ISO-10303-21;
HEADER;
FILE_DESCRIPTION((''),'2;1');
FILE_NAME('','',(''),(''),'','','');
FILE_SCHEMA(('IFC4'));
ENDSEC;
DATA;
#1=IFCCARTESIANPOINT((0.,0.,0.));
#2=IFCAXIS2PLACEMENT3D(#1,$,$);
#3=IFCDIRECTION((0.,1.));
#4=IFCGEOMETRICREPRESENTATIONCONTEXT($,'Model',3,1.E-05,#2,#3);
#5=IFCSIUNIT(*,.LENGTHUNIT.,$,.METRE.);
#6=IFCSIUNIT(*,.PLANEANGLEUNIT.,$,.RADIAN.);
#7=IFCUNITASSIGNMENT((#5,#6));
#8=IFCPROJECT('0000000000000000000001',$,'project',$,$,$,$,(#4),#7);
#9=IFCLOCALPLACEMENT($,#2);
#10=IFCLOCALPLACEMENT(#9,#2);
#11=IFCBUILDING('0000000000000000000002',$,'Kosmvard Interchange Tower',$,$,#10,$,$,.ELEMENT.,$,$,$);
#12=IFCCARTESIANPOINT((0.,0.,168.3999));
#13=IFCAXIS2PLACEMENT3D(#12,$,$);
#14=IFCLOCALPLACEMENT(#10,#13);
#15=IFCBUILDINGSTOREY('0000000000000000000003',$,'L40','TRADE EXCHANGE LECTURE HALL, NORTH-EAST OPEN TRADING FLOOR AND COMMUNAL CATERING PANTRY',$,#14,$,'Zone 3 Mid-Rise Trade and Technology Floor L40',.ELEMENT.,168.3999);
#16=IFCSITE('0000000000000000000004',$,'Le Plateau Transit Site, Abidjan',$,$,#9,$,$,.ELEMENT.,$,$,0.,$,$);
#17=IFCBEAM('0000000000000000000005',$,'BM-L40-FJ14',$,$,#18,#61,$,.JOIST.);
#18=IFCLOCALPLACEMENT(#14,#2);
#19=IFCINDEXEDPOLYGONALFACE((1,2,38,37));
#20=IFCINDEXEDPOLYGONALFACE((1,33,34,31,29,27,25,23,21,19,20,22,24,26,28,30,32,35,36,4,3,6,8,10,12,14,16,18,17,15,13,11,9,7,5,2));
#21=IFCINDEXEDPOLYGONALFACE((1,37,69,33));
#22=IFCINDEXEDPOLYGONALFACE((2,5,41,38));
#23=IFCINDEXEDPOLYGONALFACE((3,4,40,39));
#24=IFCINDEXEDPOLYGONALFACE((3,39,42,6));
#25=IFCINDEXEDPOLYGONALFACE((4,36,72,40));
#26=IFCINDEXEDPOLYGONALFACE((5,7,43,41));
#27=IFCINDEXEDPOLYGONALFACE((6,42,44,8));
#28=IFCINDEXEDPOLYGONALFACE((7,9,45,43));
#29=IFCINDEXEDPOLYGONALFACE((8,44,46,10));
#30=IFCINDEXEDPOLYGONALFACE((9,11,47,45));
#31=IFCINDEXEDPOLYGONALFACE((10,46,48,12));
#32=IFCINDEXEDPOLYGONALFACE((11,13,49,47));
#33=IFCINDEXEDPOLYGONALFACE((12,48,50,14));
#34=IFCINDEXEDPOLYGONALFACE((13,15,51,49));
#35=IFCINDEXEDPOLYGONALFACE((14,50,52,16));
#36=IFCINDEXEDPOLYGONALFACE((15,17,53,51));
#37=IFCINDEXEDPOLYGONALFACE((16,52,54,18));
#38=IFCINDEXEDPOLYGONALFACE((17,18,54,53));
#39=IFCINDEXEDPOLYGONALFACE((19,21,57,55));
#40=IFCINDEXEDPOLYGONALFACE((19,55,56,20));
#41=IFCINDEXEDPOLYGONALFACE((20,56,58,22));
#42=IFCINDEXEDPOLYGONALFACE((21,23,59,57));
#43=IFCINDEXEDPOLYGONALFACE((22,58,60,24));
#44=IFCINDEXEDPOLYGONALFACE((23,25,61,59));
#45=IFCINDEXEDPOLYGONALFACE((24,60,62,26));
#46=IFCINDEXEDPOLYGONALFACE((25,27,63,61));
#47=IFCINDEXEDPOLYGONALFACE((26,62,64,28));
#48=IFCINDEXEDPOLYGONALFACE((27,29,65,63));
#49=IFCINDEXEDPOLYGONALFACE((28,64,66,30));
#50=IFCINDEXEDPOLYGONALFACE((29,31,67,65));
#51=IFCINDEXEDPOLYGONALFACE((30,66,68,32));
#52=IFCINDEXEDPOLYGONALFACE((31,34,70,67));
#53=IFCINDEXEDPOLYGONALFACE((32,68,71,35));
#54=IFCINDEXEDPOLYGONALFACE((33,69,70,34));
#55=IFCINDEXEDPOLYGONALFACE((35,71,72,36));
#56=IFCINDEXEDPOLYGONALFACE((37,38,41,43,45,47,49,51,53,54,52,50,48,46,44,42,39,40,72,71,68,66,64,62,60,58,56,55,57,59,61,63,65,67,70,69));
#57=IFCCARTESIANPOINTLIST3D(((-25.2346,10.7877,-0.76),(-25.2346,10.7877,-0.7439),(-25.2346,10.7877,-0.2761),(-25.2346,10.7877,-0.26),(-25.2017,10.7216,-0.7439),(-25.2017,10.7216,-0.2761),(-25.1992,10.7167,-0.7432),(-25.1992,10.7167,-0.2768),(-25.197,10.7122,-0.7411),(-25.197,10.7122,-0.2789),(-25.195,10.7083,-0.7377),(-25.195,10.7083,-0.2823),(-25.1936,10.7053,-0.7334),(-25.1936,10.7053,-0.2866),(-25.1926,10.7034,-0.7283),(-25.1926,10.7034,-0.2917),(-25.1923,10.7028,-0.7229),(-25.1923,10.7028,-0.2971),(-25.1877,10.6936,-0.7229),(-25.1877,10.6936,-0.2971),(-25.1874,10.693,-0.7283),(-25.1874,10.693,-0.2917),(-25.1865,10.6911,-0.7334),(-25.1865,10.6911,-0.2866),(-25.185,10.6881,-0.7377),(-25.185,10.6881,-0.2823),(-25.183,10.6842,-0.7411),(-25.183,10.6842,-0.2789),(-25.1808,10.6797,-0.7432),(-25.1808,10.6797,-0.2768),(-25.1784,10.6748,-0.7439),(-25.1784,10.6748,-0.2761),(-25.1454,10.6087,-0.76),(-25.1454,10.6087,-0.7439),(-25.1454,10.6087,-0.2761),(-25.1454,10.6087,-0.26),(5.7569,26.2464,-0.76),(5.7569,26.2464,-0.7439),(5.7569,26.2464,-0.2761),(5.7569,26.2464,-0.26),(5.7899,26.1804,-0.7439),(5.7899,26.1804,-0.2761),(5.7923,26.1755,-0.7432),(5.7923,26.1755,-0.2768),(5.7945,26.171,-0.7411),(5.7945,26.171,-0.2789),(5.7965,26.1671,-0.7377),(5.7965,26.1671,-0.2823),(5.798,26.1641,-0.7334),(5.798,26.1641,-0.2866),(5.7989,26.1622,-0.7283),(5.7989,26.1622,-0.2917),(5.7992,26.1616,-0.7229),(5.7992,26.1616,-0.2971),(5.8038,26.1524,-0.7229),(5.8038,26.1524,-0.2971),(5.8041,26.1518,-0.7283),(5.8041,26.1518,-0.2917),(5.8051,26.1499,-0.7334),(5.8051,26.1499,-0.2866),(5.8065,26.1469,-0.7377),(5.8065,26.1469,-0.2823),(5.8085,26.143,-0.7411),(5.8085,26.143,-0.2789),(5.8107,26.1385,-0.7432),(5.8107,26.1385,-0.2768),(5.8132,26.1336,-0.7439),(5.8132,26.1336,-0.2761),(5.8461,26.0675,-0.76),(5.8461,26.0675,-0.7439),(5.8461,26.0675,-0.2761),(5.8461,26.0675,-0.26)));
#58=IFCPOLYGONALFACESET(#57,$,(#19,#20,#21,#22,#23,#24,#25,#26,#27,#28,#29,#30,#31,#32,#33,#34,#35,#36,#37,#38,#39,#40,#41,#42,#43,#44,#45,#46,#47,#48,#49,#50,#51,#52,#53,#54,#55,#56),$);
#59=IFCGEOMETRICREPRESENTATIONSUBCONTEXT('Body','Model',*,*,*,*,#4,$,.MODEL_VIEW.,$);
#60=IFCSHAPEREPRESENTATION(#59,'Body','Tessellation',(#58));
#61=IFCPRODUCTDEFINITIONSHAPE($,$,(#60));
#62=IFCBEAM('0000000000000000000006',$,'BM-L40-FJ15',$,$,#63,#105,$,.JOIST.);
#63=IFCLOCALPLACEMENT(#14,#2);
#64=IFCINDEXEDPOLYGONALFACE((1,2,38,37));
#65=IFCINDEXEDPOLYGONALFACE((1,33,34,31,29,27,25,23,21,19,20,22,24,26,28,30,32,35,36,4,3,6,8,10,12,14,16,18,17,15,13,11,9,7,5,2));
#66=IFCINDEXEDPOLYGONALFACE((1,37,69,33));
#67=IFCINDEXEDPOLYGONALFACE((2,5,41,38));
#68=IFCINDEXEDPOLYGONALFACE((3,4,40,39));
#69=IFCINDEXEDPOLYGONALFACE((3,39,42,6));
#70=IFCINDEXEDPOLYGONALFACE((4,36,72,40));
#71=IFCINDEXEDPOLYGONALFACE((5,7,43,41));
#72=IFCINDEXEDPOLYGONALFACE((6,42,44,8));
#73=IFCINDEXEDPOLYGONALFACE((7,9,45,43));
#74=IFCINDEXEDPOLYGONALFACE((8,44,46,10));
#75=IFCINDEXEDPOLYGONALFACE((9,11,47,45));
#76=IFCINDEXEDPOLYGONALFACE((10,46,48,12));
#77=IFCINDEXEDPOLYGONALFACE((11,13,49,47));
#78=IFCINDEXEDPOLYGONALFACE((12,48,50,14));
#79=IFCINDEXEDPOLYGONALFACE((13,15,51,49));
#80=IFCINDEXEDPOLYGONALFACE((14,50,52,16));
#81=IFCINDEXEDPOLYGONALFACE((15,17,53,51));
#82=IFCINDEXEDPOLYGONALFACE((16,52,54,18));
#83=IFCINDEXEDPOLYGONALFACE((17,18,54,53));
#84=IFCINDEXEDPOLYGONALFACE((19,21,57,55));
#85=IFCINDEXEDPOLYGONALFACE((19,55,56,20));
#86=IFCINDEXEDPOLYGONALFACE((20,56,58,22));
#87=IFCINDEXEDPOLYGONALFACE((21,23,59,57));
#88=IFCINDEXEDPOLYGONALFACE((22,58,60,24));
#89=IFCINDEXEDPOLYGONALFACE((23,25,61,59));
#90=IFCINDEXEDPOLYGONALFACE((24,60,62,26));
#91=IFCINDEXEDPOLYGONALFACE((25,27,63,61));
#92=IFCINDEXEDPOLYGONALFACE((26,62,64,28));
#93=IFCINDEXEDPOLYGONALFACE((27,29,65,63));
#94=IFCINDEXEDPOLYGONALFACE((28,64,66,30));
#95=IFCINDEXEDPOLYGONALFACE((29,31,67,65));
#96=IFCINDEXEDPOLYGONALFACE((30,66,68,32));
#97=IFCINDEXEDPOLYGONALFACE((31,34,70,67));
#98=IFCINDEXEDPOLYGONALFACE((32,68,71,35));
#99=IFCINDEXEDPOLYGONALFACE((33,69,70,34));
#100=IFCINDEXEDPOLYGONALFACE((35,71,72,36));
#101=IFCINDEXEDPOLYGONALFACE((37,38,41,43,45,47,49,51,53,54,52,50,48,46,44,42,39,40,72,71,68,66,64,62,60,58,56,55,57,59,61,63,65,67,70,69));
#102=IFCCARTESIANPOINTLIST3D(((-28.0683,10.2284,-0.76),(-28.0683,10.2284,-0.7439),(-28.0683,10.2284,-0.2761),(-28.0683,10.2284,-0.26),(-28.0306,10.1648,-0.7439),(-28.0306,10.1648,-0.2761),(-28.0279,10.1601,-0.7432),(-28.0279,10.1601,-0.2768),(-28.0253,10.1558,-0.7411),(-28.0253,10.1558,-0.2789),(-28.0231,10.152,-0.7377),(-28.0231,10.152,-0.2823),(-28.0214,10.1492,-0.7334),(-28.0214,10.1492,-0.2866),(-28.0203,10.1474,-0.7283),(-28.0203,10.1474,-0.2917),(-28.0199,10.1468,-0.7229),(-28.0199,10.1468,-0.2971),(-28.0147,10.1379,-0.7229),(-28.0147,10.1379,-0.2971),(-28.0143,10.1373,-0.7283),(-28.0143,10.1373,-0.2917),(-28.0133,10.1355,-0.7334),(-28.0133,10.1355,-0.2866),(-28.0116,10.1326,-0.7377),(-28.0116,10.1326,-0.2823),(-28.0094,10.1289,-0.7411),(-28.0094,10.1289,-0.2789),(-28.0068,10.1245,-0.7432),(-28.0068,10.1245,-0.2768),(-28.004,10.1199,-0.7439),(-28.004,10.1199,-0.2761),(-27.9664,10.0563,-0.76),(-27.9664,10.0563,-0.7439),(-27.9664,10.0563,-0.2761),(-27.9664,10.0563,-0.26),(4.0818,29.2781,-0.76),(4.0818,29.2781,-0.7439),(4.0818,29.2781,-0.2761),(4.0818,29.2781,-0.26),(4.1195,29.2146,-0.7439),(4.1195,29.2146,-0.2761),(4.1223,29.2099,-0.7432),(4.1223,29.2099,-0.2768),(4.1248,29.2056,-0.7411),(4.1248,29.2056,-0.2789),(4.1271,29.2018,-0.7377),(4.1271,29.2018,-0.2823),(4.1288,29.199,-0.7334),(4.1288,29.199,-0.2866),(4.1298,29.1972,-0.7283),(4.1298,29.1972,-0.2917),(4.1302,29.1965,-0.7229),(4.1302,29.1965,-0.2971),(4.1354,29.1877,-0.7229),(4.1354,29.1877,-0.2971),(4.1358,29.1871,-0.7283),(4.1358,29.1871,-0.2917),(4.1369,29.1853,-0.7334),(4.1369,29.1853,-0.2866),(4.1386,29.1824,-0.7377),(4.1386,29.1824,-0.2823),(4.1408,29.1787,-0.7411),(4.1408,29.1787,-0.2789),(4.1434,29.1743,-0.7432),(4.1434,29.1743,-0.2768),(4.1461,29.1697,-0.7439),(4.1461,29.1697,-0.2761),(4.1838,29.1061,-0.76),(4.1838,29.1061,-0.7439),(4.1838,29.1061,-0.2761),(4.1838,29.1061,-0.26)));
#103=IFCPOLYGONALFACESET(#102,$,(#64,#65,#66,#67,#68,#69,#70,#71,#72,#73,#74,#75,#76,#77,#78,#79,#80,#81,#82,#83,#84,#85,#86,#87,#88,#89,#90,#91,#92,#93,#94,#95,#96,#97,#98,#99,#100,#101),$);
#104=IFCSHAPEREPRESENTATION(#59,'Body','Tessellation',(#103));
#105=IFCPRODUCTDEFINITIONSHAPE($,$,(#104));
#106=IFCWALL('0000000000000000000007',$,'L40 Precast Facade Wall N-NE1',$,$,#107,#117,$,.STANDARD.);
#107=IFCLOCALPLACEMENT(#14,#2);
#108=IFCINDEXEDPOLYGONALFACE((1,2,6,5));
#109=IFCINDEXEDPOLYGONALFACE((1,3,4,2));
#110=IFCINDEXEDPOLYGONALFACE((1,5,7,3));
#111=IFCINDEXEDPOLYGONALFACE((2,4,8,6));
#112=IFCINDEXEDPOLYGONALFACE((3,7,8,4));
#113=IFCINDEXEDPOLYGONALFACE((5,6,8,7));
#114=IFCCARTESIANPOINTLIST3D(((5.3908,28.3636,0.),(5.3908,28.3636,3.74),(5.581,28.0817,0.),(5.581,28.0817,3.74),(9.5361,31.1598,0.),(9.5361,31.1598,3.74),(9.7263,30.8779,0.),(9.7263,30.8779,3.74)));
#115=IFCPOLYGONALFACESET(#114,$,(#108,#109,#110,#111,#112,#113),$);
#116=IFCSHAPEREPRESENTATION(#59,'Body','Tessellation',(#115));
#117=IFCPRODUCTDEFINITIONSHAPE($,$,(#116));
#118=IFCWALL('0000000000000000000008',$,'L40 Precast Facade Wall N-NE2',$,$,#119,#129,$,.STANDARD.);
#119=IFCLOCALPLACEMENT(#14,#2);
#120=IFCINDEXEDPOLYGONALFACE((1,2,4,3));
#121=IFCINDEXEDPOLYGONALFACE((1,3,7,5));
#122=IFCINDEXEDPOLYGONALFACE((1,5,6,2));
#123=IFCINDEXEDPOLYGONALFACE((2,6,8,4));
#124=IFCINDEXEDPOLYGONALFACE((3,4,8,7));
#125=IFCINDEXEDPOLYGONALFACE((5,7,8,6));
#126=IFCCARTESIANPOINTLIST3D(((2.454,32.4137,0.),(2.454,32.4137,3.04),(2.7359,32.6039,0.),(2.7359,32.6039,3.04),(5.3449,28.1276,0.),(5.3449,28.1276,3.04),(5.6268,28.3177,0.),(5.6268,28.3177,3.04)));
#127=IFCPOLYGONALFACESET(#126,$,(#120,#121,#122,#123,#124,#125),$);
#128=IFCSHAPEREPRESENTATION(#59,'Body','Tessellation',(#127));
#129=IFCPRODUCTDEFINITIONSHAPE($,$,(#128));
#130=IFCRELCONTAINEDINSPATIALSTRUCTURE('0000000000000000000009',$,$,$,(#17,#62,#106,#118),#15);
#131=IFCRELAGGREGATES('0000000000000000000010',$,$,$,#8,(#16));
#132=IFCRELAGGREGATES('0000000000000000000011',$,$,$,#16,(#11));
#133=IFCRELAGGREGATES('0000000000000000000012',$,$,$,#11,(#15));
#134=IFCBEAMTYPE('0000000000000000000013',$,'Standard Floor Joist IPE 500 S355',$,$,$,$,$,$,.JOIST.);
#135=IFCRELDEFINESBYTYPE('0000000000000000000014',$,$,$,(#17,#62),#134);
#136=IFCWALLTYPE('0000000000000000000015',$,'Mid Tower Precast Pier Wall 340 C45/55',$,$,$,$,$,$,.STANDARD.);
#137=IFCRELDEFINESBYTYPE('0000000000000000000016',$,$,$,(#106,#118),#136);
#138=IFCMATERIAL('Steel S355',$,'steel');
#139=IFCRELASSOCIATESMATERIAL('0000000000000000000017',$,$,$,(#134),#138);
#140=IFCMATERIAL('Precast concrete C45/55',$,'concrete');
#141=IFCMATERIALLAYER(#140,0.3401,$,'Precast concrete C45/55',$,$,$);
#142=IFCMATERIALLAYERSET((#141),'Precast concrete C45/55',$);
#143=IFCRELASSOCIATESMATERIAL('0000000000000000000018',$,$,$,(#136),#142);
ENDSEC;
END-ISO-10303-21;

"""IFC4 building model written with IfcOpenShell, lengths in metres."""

from ifc_helpers import new_model, si_unit, direction, frame, frame_2d, origin, origin_2d, place, context, subcontext, project, spatial, rectangle, i_section, extrude, source, transform, mapped, material, layer, layer_set, material_profile, profile_set, type_object, element, save


model = new_model("IFC4")

# Units and contexts
model_context = context("Model", 3, precision=1e-05, world=origin(), true_north=direction((0.0, 1.0)))
body_context = subcontext(model_context, "Body", "Model", "MODEL_VIEW")
ifc_project = project(units=[si_unit("LENGTHUNIT", "METRE"), si_unit("PLANEANGLEUNIT", "RADIAN")], contexts=[model_context])

# Site, building, storey
site_placement = place(None, origin())
site = spatial("IfcSite", under=ifc_project, at=site_placement, Name="Le Plateau Transit Site, Abidjan", CompositionType="ELEMENT", RefElevation=0.0)
building_placement = place(site_placement, origin())
building = spatial("IfcBuilding", under=site, at=building_placement, Name="Kosmvard Interchange Tower", CompositionType="ELEMENT")
storey_placement = place(building_placement, frame((0.0, 0.0, 168.3999)))
storey = spatial("IfcBuildingStorey", under=building, at=storey_placement, Name="L40", Description="TRADE EXCHANGE LECTURE HALL, NORTH-EAST OPEN TRADING FLOOR AND COMMUNAL CATERING PANTRY", LongName="Zone 3 Mid-Rise Trade and Technology Floor L40", CompositionType="ELEMENT", Elevation=168.3999)

# Beams
ifc_material_1 = material(Name="Steel S355", Category="steel")
ifc_material_2 = material(Name="Precast concrete C45/55", Category="concrete")
ifc_material_profile_1 = material_profile(ifc_material_1, i_section(OverallWidth=0.2, OverallDepth=0.5, WebThickness=0.0103, FlangeThickness=0.0161, FilletRadius=0.021, at=origin_2d()), Name="IPE 500")
ifc_profile_set_1 = profile_set([ifc_material_profile_1], Name="Steel S355")
beam_type_1 = type_object("IfcBeamType", Name="Standard Floor Joist IPE 500 S355", PredefinedType="JOIST", material=ifc_profile_set_1)
shared_shape_1 = source(origin(), body_context, "Body", "SweptSolid", [
    extrude(i_section(OverallWidth=0.2, OverallDepth=0.5, WebThickness=0.0103, FlangeThickness=0.0161, FilletRadius=0.021, at=origin_2d()), origin(), (0.0, 0.0, 1.0), 34.6331),
])
beam_1_placement = place(storey_placement, frame((5.8015, 26.157, -0.51), z_axis=(-0.894854, -0.446359, 0.0), x_axis=(0.446359, -0.894854, 0.0)))
element("IfcBeam", 1, at=beam_1_placement, inside=storey, type_object=beam_type_1, Name="BM-L40-FJ14", PredefinedType="JOIST", context=body_context, shape_type="MappedRepresentation", body=[
    mapped(shared_shape_1, transform((0.0, 0.0, 0.0), scale=1.0)),
])
shared_shape_2 = source(origin(), body_context, "Body", "SweptSolid", [
    extrude(i_section(OverallWidth=0.2, OverallDepth=0.5, WebThickness=0.0103, FlangeThickness=0.0161, FilletRadius=0.021, at=origin_2d()), origin(), (0.0, 0.0, 1.0), 37.3701),
])
beam_2_placement = place(storey_placement, frame((4.1328, 29.1921, -0.51), z_axis=(-0.860317, -0.50976, 0.0), x_axis=(0.50976, -0.860317, 0.0)))
element("IfcBeam", 2, at=beam_2_placement, inside=storey, type_object=beam_type_1, Name="BM-L40-FJ15", PredefinedType="JOIST", context=body_context, shape_type="MappedRepresentation", body=[
    mapped(shared_shape_2, transform((0.0, 0.0, 0.0), scale=1.0)),
])

# Walls
ifc_layer_1 = layer(ifc_material_2, 0.3401, Name="Precast concrete C45/55")
ifc_layer_set_1 = layer_set([ifc_layer_1], Name="Precast concrete C45/55")
wall_type = type_object("IfcWallType", Name="Mid Tower Precast Pier Wall 340 C45/55", PredefinedType="STANDARD", material=ifc_layer_set_1)
wall_1_placement = place(storey_placement, frame((9.6311, 31.0188, 0.0), z_axis=(0.0, 0.0, 1.0), x_axis=(-0.829026, -0.55921, 0.0)))
element("IfcWall", 3, at=wall_1_placement, inside=storey, type_object=wall_type, Name="L40 Precast Facade Wall N-NE1", PredefinedType="STANDARD", context=body_context, shape_type="SweptSolid", body=[
    extrude(rectangle(XDim=5.0002, YDim=0.3401, at=frame_2d((2.5, 0.0))), origin(), (0.0, 0.0, 1.0), 3.74),
])
wall_2_placement = place(storey_placement, frame((5.4858, 28.2227, 0.0), z_axis=(0.0, 0.0, 1.0), x_axis=(-0.559171, 0.829052, 0.0)))
element("IfcWall", 4, at=wall_2_placement, inside=storey, type_object=wall_type, Name="L40 Precast Facade Wall N-NE2", PredefinedType="STANDARD", context=body_context, shape_type="SweptSolid", body=[
    extrude(rectangle(XDim=5.1699, YDim=0.3401, at=frame_2d((2.585, 0.0))), origin(), (0.0, 0.0, 1.0), 3.04),
])

save(model, "model.ifc")
